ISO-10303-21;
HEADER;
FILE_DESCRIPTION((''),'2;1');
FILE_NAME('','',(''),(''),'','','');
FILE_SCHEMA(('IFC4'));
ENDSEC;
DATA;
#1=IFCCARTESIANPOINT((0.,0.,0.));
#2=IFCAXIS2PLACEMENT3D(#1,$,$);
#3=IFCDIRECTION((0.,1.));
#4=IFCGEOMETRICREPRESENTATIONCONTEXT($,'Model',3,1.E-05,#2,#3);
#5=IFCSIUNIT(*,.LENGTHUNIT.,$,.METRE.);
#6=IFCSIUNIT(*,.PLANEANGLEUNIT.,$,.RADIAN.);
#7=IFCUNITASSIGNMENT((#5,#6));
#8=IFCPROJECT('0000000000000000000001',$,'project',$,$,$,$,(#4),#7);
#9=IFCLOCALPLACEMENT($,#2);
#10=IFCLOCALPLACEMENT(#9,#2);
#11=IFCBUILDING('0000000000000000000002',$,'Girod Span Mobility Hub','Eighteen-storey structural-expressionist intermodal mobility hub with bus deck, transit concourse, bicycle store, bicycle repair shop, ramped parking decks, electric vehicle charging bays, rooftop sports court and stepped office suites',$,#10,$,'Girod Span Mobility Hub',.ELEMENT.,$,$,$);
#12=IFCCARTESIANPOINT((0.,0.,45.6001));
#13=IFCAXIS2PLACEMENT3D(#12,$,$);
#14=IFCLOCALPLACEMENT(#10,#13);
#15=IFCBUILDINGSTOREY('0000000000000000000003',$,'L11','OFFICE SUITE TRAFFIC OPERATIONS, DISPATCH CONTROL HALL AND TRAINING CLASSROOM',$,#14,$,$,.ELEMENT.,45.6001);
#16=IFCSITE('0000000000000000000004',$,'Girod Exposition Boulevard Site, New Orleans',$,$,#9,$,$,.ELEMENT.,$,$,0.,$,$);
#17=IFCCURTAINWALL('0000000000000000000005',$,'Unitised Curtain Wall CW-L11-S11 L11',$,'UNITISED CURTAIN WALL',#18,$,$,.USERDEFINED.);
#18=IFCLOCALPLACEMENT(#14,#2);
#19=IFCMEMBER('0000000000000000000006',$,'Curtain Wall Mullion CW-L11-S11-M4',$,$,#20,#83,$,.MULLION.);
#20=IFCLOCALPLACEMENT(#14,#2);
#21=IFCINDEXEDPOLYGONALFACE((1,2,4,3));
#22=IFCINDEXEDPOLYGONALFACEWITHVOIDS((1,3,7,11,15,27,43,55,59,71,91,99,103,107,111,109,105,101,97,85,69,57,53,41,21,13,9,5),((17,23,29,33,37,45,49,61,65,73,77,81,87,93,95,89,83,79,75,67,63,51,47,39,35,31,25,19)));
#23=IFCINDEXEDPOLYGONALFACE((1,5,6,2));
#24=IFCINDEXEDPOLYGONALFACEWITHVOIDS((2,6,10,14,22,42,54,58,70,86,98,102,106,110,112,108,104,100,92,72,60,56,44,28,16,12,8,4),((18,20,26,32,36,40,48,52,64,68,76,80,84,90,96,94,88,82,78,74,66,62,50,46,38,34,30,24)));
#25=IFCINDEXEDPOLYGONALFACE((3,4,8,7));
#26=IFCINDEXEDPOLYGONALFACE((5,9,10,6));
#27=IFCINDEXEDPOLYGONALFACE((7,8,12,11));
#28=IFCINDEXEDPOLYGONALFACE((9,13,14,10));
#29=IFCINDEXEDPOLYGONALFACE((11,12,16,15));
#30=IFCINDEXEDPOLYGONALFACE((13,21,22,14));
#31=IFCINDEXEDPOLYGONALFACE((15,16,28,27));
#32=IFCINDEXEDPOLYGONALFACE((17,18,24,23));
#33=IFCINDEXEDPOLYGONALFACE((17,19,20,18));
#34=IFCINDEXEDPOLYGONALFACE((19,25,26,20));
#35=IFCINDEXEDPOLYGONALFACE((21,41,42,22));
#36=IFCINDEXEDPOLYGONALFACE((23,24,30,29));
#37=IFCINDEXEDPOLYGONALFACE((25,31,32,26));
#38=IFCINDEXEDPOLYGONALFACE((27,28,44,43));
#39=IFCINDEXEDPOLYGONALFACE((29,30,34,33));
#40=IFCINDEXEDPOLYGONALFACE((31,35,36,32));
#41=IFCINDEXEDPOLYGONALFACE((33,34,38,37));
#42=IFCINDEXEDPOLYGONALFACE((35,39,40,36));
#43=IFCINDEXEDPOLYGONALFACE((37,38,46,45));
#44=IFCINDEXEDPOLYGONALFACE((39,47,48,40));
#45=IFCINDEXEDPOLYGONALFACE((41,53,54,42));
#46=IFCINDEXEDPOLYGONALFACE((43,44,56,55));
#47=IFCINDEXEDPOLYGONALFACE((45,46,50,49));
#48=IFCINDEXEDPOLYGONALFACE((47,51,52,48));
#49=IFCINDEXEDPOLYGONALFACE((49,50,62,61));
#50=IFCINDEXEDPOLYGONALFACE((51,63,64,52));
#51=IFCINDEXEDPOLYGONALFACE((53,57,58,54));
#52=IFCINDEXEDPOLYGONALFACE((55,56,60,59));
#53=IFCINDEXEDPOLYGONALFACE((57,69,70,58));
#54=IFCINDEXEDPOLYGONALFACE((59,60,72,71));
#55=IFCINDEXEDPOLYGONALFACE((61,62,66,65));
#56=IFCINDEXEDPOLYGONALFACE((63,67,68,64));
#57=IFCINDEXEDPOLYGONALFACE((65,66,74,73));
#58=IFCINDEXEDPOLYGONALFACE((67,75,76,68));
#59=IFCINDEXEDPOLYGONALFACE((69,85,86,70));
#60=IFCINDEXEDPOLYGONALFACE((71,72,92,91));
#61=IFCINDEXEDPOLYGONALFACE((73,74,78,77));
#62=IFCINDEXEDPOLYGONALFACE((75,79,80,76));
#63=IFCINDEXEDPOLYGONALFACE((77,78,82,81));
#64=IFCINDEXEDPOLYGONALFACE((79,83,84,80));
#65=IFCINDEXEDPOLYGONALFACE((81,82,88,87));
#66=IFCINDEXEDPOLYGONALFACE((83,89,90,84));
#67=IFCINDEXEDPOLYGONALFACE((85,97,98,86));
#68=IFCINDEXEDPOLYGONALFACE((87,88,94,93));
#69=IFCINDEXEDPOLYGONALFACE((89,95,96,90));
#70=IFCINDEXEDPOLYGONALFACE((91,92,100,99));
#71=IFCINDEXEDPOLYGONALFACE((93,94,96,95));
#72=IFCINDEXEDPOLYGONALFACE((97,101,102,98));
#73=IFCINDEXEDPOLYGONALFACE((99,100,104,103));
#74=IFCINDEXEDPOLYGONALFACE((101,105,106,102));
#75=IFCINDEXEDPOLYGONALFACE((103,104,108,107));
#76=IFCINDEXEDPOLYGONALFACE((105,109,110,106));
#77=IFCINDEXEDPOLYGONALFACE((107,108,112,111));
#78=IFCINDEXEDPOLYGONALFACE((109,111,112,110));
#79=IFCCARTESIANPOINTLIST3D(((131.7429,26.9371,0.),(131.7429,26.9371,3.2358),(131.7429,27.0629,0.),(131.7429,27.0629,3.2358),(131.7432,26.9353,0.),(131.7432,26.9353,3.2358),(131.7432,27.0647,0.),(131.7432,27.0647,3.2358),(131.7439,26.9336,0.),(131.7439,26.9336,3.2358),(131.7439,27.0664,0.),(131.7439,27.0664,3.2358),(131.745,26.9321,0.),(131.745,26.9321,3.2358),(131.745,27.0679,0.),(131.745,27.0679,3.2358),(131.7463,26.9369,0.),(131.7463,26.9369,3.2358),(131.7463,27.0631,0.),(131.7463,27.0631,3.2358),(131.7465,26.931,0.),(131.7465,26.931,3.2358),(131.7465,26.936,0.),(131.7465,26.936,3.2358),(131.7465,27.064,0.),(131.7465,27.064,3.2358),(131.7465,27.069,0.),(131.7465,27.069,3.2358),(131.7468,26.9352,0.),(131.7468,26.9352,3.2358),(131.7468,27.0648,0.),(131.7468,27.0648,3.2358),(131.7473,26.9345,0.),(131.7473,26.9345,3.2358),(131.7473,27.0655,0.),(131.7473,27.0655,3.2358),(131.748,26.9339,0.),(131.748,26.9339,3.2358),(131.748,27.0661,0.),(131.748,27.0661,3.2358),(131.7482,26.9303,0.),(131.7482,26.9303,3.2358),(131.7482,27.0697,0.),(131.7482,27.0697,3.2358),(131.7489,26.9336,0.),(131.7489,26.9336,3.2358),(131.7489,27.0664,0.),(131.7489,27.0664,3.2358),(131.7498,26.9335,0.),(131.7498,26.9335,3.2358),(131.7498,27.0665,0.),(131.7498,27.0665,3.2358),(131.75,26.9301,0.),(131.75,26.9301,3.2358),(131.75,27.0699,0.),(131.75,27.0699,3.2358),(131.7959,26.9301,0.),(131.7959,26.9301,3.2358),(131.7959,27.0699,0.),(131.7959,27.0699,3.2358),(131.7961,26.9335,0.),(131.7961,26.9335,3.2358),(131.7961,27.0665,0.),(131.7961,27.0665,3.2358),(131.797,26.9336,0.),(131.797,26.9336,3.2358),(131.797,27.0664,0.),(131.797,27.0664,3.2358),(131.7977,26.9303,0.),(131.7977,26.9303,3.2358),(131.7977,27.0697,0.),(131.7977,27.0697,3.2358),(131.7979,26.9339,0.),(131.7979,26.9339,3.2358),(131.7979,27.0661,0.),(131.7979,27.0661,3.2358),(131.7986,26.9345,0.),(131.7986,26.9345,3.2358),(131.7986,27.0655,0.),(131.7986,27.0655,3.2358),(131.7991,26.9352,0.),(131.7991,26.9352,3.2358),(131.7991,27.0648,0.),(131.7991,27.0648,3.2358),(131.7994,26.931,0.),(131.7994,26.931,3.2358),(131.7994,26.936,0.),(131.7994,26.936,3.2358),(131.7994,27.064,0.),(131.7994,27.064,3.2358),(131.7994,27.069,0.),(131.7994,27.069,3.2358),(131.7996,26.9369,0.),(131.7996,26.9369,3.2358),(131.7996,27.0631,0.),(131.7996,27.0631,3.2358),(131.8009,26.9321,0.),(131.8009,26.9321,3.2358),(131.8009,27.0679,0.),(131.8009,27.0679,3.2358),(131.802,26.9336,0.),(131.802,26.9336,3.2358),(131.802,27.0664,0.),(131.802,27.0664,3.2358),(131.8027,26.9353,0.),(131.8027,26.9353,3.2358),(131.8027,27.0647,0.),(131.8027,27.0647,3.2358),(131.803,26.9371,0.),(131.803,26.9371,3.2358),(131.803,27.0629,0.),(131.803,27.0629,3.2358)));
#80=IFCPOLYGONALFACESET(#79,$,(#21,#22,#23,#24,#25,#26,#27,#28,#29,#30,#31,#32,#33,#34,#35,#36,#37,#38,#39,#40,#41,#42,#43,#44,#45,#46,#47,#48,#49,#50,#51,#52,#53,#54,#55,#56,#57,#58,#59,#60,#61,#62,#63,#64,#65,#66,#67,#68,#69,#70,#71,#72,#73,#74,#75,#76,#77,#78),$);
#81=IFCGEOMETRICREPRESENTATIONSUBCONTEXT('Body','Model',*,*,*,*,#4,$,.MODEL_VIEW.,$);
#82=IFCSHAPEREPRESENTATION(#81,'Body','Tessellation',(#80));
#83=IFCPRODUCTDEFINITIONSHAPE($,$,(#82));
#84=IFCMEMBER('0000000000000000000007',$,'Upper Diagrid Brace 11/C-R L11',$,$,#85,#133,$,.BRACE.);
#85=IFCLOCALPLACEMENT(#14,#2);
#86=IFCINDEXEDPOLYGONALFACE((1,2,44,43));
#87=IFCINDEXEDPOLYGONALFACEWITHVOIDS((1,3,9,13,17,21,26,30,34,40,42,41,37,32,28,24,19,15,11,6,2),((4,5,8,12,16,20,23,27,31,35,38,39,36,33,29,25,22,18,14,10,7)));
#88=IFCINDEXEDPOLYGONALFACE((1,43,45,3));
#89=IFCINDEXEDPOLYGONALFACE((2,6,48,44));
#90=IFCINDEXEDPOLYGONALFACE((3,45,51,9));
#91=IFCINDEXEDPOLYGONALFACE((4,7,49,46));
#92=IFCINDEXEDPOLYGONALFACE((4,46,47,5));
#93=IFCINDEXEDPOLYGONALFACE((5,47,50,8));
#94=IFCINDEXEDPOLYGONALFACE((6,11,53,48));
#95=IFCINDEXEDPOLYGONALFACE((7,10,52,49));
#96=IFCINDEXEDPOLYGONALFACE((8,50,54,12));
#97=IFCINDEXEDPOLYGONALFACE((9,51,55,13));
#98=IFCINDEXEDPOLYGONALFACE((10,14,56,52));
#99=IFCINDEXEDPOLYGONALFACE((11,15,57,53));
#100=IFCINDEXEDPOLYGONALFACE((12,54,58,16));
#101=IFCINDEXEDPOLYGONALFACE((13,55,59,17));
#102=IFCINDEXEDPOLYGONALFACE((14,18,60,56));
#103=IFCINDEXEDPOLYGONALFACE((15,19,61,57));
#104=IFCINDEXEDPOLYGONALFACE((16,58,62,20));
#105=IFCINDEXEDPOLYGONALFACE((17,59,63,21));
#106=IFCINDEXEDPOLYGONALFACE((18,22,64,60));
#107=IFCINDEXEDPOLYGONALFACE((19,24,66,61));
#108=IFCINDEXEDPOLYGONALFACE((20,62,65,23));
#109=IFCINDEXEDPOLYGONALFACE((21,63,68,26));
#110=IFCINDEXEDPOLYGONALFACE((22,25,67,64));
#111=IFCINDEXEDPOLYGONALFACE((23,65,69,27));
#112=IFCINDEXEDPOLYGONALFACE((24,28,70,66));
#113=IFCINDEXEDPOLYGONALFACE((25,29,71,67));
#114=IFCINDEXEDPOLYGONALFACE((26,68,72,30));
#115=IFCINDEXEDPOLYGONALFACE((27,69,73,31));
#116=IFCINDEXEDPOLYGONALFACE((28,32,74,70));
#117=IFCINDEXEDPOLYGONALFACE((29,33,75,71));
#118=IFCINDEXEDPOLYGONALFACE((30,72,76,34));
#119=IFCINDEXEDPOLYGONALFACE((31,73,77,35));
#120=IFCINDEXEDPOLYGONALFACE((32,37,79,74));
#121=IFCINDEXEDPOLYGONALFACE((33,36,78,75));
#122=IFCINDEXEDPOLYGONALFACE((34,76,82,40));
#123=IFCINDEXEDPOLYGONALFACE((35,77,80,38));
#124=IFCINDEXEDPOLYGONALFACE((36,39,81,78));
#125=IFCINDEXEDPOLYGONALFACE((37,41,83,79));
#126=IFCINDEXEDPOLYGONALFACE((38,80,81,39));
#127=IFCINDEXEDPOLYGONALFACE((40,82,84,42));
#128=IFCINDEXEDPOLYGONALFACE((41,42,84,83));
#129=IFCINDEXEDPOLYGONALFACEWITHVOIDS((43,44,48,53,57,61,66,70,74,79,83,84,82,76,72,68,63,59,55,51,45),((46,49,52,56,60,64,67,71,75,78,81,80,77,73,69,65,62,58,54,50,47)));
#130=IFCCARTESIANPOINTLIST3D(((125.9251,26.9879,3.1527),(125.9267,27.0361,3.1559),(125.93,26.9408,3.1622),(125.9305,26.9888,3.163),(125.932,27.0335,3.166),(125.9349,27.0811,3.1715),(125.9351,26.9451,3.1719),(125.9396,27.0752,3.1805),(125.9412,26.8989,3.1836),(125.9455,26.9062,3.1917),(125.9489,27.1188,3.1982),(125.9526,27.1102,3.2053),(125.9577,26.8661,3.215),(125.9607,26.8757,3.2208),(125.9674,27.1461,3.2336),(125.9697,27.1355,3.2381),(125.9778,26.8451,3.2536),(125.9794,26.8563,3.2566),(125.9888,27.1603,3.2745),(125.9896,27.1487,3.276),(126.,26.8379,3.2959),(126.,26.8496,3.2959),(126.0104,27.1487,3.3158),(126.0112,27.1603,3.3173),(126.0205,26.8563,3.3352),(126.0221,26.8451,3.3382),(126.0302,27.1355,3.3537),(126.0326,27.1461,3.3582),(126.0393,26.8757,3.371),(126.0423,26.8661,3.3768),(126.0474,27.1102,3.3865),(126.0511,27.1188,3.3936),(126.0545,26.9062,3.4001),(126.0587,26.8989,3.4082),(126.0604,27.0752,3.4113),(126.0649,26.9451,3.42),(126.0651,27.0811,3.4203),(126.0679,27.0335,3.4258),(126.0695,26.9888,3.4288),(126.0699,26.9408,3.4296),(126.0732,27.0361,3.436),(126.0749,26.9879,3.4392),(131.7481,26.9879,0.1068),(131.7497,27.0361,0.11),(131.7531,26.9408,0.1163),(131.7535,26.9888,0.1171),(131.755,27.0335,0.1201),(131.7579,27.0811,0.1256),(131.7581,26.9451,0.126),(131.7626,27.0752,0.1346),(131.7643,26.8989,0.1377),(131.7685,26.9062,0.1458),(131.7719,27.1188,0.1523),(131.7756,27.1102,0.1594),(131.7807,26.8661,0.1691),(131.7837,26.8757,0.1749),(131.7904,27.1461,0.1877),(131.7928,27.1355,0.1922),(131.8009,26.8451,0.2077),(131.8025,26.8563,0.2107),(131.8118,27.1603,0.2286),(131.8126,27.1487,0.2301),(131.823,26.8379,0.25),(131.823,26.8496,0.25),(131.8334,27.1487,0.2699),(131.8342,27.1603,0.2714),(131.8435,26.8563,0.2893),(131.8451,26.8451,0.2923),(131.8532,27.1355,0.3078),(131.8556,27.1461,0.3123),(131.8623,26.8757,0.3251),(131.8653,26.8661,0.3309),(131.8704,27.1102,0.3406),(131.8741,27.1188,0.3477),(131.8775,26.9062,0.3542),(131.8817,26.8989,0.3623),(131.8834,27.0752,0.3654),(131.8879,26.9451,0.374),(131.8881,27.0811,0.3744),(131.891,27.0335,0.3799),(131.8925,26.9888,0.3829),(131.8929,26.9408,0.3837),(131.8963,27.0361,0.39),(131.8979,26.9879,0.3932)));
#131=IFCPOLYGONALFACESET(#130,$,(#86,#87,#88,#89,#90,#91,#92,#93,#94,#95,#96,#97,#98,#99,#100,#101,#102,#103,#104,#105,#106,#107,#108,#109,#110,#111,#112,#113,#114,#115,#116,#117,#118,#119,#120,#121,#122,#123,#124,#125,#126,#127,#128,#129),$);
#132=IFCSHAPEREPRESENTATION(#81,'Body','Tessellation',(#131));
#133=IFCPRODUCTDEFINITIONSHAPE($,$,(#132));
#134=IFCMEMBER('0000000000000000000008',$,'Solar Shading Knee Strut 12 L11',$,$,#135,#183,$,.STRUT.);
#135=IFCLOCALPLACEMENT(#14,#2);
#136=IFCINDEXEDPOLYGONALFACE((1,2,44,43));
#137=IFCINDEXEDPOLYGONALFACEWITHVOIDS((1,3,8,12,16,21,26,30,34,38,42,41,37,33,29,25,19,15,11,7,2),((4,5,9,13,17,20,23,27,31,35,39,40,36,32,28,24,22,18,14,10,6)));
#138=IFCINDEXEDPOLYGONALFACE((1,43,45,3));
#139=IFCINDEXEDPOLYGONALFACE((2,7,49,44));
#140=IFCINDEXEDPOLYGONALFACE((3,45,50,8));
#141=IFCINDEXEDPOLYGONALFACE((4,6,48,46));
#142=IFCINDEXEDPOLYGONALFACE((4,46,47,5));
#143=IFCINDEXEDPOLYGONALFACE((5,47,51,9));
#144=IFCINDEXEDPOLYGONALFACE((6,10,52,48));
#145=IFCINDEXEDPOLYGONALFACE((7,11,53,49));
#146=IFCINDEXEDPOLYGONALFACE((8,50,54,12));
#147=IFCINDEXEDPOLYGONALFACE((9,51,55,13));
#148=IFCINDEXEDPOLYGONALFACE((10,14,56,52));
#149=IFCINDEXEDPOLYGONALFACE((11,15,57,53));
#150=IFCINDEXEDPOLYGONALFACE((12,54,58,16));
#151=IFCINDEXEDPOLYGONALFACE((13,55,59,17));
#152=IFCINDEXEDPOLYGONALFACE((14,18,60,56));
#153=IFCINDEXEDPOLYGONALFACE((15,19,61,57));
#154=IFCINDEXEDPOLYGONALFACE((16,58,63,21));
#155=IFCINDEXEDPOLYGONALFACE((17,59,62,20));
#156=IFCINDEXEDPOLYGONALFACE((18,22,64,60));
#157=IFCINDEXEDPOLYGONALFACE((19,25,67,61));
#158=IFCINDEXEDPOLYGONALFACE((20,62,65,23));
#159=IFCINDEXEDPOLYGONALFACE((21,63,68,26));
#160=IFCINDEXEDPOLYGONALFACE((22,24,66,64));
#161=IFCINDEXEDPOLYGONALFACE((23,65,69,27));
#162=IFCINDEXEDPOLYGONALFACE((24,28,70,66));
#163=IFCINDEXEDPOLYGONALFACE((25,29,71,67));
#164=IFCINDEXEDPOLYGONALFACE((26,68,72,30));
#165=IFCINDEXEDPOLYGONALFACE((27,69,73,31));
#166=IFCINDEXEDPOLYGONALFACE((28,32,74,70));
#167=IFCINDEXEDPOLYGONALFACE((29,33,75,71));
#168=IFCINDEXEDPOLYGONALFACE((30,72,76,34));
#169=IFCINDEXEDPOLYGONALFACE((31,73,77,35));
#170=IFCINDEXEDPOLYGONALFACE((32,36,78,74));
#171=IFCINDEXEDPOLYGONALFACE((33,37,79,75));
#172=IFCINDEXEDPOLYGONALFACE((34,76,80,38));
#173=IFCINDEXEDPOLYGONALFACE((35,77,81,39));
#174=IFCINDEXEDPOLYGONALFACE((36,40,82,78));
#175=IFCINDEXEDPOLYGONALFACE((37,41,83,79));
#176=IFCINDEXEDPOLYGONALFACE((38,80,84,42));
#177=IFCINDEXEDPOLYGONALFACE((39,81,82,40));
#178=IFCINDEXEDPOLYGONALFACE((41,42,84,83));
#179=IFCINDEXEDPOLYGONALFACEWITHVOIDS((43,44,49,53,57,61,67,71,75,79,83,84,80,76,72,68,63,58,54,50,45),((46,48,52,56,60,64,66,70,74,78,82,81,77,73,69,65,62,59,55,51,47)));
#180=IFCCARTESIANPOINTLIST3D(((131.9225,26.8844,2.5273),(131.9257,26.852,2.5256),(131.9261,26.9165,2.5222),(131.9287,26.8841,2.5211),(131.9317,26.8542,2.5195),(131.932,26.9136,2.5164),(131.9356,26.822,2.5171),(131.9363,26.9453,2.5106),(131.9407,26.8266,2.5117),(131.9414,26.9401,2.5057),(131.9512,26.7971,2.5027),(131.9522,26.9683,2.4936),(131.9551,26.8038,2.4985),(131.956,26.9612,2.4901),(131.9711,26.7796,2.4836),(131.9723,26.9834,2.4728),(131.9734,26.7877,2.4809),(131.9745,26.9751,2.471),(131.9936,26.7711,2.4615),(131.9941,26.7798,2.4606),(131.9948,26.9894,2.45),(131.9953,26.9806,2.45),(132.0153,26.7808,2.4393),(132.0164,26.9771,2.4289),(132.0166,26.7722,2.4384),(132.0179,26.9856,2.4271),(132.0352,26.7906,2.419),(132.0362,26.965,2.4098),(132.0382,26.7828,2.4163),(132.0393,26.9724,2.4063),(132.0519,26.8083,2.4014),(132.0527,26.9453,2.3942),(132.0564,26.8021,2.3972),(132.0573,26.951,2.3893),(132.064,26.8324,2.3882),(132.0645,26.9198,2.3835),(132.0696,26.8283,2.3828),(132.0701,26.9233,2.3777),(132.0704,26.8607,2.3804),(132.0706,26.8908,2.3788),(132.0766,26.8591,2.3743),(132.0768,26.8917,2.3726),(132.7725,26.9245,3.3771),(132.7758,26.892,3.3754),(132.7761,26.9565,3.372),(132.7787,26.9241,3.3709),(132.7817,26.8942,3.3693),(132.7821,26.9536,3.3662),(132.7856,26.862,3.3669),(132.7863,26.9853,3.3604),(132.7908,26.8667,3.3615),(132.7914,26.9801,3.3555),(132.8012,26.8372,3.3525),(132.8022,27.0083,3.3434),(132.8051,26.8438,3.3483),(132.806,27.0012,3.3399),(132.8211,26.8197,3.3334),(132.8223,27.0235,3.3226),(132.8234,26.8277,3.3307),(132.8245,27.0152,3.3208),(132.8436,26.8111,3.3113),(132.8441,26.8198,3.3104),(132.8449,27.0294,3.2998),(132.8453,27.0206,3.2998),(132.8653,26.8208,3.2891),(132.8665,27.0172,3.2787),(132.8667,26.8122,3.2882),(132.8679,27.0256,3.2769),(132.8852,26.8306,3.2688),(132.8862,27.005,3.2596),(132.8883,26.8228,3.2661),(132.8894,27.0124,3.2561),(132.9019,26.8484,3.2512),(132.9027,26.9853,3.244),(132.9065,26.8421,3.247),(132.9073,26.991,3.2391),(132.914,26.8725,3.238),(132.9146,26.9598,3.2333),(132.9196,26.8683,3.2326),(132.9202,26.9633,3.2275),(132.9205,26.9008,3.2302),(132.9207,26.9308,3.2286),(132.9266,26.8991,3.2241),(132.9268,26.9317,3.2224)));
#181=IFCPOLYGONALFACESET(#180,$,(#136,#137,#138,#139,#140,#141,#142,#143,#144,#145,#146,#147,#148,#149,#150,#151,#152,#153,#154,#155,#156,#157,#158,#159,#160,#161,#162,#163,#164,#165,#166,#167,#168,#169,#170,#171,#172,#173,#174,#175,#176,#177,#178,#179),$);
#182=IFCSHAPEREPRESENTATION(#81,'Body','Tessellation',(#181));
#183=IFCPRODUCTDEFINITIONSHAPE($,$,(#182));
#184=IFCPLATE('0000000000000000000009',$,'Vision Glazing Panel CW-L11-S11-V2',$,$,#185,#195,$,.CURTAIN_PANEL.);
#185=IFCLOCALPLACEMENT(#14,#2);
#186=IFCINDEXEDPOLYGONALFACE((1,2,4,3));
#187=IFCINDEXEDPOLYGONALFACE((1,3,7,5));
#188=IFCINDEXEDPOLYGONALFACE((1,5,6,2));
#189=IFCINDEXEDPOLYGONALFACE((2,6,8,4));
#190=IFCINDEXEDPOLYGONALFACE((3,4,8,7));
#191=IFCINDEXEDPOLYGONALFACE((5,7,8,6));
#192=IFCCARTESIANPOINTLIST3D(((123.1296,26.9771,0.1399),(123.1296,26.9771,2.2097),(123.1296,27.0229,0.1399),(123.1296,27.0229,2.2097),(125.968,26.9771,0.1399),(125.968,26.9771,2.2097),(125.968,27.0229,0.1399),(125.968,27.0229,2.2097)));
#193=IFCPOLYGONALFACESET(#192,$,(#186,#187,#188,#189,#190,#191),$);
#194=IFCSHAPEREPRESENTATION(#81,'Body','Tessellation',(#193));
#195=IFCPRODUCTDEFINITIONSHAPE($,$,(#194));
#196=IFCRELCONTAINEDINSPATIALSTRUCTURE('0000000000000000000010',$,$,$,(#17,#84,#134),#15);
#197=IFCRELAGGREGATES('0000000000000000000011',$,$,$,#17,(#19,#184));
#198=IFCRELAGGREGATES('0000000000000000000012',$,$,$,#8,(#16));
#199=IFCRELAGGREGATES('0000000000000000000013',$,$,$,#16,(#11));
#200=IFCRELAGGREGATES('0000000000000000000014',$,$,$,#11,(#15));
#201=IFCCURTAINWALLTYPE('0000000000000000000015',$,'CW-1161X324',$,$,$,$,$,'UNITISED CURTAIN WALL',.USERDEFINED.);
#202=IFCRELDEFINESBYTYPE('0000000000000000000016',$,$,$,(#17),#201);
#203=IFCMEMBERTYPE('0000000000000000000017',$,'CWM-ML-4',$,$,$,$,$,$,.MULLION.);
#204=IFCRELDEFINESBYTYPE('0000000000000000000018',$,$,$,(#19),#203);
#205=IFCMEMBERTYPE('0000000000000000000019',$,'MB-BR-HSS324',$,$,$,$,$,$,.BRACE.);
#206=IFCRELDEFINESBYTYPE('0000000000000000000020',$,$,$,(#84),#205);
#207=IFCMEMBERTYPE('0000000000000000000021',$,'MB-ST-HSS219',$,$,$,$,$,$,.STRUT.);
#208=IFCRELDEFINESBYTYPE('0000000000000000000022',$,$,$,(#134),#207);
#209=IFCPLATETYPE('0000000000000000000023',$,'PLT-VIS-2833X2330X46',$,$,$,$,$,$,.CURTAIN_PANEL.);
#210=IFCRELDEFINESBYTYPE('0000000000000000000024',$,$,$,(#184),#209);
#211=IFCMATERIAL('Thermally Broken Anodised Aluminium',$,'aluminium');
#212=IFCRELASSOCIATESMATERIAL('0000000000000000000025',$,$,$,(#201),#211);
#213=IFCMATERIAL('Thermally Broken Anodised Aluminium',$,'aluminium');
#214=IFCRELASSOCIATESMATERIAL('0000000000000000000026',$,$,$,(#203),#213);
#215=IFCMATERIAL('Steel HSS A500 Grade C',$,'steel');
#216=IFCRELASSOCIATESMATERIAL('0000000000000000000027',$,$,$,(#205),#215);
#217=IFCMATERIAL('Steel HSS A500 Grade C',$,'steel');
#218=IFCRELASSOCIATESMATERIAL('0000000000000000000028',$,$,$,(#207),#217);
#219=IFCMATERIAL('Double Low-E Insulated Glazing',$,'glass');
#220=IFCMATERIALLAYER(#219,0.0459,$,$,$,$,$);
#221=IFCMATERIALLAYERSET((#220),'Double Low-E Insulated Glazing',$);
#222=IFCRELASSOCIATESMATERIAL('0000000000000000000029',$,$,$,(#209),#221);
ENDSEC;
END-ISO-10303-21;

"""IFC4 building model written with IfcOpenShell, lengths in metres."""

from ifc_helpers import new_model, si_unit, direction, frame, origin, origin_2d, place, context, subcontext, project, spatial, rectangle, hollow_rectangle, hollow_circle, extrude, material, layer, layer_set, material_profile, profile_set, type_object, element, aggregate, save


model = new_model("IFC4")

# Units and contexts
model_context = context("Model", 3, precision=1e-05, world=origin(), true_north=direction((0.0, 1.0)))
body_context = subcontext(model_context, "Body", "Model", "MODEL_VIEW")
ifc_project = project(units=[si_unit("LENGTHUNIT", "METRE"), si_unit("PLANEANGLEUNIT", "RADIAN")], contexts=[model_context])

# Site, building, storey
site_placement = place(None, origin())
site = spatial("IfcSite", under=ifc_project, at=site_placement, Name="Girod Exposition Boulevard Site, New Orleans", CompositionType="ELEMENT", RefElevation=0.0)
building_placement = place(site_placement, origin())
building = spatial("IfcBuilding", under=site, at=building_placement, Name="Girod Span Mobility Hub", Description="Eighteen-storey structural-expressionist intermodal mobility hub with bus deck, transit concourse, bicycle store, bicycle repair shop, ramped parking decks, electric vehicle charging bays, rooftop sports court and stepped office suites", LongName="Girod Span Mobility Hub", CompositionType="ELEMENT")
storey_placement = place(building_placement, frame((0.0, 0.0, 45.6001)))
storey = spatial("IfcBuildingStorey", under=building, at=storey_placement, Name="L11", Description="OFFICE SUITE TRAFFIC OPERATIONS, DISPATCH CONTROL HALL AND TRAINING CLASSROOM", CompositionType="ELEMENT", Elevation=45.6001)

# Curtain wall, member
ifc_material_1 = material(Name="Thermally Broken Anodised Aluminium", Category="aluminium")
curtain_wall_type = type_object("IfcCurtainWallType", Name="CW-1161X324", ElementType="UNITISED CURTAIN WALL", PredefinedType="USERDEFINED", material=ifc_material_1)
curtain_wall_placement = place(storey_placement, origin())
curtain_wall = element("IfcCurtainWall", 1, at=curtain_wall_placement, inside=storey, type_object=curtain_wall_type, Name="Unitised Curtain Wall CW-L11-S11 L11", ObjectType="UNITISED CURTAIN WALL", PredefinedType="USERDEFINED")
ifc_material_2 = material(Name="Thermally Broken Anodised Aluminium", Category="aluminium")
ifc_material_profile_1 = material_profile(ifc_material_2, hollow_rectangle(XDim=0.1399, YDim=0.0601, WallThickness=0.0034, InnerFilletRadius=0.0034, OuterFilletRadius=0.0071, at=origin_2d()), Name="CW-ML-60X140")
ifc_profile_set_1 = profile_set([ifc_material_profile_1], Name="Thermally Broken Anodised Aluminium")
member_type_1 = type_object("IfcMemberType", Name="CWM-ML-4", PredefinedType="MULLION", material=ifc_profile_set_1)
member_1_placement = place(storey_placement, frame((131.7729, 27.0, 0.0), z_axis=(0.0, 0.0, 1.0), x_axis=(0.0, 1.0, 0.0)))
member_1 = element("IfcMember", 2, at=member_1_placement, type_object=member_type_1, Name="Curtain Wall Mullion CW-L11-S11-M4", PredefinedType="MULLION", context=body_context, shape_type="SweptSolid", body=[
    extrude(hollow_rectangle(XDim=0.1399, YDim=0.0601, WallThickness=0.0034, InnerFilletRadius=0.0034, OuterFilletRadius=0.0071, at=origin_2d()), origin(), (0.0, 0.0, 1.0), 3.2358),
])

# Members
ifc_material_3 = material(Name="Steel HSS A500 Grade C", Category="steel")
ifc_material_profile_2 = material_profile(ifc_material_3, hollow_circle(Radius=0.1621, WallThickness=0.0117, at=origin_2d()), Name="HSS324X12.7")
ifc_profile_set_2 = profile_set([ifc_material_profile_2], Name="Steel HSS A500 Grade C")
member_type_2 = type_object("IfcMemberType", Name="MB-BR-HSS324", PredefinedType="BRACE", material=ifc_profile_set_2)
member_2_placement = place(storey_placement, frame((131.823, 27.0, 0.25), z_axis=(-0.886097, 0.0, 0.4635), x_axis=(0.0, -1.0, 0.0)))
element("IfcMember", 3, at=member_2_placement, inside=storey, type_object=member_type_2, Name="Upper Diagrid Brace 11/C-R L11", PredefinedType="BRACE", context=body_context, shape_type="SweptSolid", body=[
    extrude(hollow_circle(Radius=0.1621, WallThickness=0.0117, at=origin_2d()), origin(), (0.0, 0.0, 1.0), 6.5715),
])
ifc_material_4 = material(Name="Steel HSS A500 Grade C", Category="steel")
ifc_material_profile_3 = material_profile(ifc_material_4, hollow_circle(Radius=0.1096, WallThickness=0.0088, at=origin_2d()), Name="HSS219X9.5")
ifc_profile_set_3 = profile_set([ifc_material_profile_3], Name="Steel HSS A500 Grade C")
member_type_3 = type_object("IfcMemberType", Name="MB-ST-HSS219", PredefinedType="STRUT", material=ifc_profile_set_3)
member_3_placement = place(storey_placement, frame((132.0, 26.8799, 2.45), z_axis=(0.706816, 0.033291, 0.706613), x_axis=(-0.047047, 0.998893, 0.0)))
element("IfcMember", 4, at=member_3_placement, inside=storey, type_object=member_type_3, Name="Solar Shading Knee Strut 12 L11", PredefinedType="STRUT", context=body_context, shape_type="SweptSolid", body=[
    extrude(hollow_circle(Radius=0.1096, WallThickness=0.0088, at=origin_2d()), origin(), (0.0, 0.0, 1.0), 1.2026),
])

# Plate
ifc_material_5 = material(Name="Double Low-E Insulated Glazing", Category="glass")
ifc_layer_1 = layer(ifc_material_5, 0.0459)
ifc_layer_set_1 = layer_set([ifc_layer_1], Name="Double Low-E Insulated Glazing")
plate_type = type_object("IfcPlateType", Name="PLT-VIS-2833X2330X46", PredefinedType="CURTAIN_PANEL", material=ifc_layer_set_1)
plate_1_placement = place(storey_placement, frame((124.5488, 27.0, 0.1399), z_axis=(0.0, 0.0, 1.0), x_axis=(1.0, 0.0, 0.0)))
plate_1 = element("IfcPlate", 5, at=plate_1_placement, type_object=plate_type, Name="Vision Glazing Panel CW-L11-S11-V2", PredefinedType="CURTAIN_PANEL", context=body_context, shape_type="SweptSolid", body=[
    extrude(rectangle(XDim=2.8384, YDim=0.0459, at=origin_2d()), origin(), (0.0, 0.0, 1.0), 2.0698),
])
aggregate(curtain_wall, [member_1, plate_1])

save(model, "model.ifc")
